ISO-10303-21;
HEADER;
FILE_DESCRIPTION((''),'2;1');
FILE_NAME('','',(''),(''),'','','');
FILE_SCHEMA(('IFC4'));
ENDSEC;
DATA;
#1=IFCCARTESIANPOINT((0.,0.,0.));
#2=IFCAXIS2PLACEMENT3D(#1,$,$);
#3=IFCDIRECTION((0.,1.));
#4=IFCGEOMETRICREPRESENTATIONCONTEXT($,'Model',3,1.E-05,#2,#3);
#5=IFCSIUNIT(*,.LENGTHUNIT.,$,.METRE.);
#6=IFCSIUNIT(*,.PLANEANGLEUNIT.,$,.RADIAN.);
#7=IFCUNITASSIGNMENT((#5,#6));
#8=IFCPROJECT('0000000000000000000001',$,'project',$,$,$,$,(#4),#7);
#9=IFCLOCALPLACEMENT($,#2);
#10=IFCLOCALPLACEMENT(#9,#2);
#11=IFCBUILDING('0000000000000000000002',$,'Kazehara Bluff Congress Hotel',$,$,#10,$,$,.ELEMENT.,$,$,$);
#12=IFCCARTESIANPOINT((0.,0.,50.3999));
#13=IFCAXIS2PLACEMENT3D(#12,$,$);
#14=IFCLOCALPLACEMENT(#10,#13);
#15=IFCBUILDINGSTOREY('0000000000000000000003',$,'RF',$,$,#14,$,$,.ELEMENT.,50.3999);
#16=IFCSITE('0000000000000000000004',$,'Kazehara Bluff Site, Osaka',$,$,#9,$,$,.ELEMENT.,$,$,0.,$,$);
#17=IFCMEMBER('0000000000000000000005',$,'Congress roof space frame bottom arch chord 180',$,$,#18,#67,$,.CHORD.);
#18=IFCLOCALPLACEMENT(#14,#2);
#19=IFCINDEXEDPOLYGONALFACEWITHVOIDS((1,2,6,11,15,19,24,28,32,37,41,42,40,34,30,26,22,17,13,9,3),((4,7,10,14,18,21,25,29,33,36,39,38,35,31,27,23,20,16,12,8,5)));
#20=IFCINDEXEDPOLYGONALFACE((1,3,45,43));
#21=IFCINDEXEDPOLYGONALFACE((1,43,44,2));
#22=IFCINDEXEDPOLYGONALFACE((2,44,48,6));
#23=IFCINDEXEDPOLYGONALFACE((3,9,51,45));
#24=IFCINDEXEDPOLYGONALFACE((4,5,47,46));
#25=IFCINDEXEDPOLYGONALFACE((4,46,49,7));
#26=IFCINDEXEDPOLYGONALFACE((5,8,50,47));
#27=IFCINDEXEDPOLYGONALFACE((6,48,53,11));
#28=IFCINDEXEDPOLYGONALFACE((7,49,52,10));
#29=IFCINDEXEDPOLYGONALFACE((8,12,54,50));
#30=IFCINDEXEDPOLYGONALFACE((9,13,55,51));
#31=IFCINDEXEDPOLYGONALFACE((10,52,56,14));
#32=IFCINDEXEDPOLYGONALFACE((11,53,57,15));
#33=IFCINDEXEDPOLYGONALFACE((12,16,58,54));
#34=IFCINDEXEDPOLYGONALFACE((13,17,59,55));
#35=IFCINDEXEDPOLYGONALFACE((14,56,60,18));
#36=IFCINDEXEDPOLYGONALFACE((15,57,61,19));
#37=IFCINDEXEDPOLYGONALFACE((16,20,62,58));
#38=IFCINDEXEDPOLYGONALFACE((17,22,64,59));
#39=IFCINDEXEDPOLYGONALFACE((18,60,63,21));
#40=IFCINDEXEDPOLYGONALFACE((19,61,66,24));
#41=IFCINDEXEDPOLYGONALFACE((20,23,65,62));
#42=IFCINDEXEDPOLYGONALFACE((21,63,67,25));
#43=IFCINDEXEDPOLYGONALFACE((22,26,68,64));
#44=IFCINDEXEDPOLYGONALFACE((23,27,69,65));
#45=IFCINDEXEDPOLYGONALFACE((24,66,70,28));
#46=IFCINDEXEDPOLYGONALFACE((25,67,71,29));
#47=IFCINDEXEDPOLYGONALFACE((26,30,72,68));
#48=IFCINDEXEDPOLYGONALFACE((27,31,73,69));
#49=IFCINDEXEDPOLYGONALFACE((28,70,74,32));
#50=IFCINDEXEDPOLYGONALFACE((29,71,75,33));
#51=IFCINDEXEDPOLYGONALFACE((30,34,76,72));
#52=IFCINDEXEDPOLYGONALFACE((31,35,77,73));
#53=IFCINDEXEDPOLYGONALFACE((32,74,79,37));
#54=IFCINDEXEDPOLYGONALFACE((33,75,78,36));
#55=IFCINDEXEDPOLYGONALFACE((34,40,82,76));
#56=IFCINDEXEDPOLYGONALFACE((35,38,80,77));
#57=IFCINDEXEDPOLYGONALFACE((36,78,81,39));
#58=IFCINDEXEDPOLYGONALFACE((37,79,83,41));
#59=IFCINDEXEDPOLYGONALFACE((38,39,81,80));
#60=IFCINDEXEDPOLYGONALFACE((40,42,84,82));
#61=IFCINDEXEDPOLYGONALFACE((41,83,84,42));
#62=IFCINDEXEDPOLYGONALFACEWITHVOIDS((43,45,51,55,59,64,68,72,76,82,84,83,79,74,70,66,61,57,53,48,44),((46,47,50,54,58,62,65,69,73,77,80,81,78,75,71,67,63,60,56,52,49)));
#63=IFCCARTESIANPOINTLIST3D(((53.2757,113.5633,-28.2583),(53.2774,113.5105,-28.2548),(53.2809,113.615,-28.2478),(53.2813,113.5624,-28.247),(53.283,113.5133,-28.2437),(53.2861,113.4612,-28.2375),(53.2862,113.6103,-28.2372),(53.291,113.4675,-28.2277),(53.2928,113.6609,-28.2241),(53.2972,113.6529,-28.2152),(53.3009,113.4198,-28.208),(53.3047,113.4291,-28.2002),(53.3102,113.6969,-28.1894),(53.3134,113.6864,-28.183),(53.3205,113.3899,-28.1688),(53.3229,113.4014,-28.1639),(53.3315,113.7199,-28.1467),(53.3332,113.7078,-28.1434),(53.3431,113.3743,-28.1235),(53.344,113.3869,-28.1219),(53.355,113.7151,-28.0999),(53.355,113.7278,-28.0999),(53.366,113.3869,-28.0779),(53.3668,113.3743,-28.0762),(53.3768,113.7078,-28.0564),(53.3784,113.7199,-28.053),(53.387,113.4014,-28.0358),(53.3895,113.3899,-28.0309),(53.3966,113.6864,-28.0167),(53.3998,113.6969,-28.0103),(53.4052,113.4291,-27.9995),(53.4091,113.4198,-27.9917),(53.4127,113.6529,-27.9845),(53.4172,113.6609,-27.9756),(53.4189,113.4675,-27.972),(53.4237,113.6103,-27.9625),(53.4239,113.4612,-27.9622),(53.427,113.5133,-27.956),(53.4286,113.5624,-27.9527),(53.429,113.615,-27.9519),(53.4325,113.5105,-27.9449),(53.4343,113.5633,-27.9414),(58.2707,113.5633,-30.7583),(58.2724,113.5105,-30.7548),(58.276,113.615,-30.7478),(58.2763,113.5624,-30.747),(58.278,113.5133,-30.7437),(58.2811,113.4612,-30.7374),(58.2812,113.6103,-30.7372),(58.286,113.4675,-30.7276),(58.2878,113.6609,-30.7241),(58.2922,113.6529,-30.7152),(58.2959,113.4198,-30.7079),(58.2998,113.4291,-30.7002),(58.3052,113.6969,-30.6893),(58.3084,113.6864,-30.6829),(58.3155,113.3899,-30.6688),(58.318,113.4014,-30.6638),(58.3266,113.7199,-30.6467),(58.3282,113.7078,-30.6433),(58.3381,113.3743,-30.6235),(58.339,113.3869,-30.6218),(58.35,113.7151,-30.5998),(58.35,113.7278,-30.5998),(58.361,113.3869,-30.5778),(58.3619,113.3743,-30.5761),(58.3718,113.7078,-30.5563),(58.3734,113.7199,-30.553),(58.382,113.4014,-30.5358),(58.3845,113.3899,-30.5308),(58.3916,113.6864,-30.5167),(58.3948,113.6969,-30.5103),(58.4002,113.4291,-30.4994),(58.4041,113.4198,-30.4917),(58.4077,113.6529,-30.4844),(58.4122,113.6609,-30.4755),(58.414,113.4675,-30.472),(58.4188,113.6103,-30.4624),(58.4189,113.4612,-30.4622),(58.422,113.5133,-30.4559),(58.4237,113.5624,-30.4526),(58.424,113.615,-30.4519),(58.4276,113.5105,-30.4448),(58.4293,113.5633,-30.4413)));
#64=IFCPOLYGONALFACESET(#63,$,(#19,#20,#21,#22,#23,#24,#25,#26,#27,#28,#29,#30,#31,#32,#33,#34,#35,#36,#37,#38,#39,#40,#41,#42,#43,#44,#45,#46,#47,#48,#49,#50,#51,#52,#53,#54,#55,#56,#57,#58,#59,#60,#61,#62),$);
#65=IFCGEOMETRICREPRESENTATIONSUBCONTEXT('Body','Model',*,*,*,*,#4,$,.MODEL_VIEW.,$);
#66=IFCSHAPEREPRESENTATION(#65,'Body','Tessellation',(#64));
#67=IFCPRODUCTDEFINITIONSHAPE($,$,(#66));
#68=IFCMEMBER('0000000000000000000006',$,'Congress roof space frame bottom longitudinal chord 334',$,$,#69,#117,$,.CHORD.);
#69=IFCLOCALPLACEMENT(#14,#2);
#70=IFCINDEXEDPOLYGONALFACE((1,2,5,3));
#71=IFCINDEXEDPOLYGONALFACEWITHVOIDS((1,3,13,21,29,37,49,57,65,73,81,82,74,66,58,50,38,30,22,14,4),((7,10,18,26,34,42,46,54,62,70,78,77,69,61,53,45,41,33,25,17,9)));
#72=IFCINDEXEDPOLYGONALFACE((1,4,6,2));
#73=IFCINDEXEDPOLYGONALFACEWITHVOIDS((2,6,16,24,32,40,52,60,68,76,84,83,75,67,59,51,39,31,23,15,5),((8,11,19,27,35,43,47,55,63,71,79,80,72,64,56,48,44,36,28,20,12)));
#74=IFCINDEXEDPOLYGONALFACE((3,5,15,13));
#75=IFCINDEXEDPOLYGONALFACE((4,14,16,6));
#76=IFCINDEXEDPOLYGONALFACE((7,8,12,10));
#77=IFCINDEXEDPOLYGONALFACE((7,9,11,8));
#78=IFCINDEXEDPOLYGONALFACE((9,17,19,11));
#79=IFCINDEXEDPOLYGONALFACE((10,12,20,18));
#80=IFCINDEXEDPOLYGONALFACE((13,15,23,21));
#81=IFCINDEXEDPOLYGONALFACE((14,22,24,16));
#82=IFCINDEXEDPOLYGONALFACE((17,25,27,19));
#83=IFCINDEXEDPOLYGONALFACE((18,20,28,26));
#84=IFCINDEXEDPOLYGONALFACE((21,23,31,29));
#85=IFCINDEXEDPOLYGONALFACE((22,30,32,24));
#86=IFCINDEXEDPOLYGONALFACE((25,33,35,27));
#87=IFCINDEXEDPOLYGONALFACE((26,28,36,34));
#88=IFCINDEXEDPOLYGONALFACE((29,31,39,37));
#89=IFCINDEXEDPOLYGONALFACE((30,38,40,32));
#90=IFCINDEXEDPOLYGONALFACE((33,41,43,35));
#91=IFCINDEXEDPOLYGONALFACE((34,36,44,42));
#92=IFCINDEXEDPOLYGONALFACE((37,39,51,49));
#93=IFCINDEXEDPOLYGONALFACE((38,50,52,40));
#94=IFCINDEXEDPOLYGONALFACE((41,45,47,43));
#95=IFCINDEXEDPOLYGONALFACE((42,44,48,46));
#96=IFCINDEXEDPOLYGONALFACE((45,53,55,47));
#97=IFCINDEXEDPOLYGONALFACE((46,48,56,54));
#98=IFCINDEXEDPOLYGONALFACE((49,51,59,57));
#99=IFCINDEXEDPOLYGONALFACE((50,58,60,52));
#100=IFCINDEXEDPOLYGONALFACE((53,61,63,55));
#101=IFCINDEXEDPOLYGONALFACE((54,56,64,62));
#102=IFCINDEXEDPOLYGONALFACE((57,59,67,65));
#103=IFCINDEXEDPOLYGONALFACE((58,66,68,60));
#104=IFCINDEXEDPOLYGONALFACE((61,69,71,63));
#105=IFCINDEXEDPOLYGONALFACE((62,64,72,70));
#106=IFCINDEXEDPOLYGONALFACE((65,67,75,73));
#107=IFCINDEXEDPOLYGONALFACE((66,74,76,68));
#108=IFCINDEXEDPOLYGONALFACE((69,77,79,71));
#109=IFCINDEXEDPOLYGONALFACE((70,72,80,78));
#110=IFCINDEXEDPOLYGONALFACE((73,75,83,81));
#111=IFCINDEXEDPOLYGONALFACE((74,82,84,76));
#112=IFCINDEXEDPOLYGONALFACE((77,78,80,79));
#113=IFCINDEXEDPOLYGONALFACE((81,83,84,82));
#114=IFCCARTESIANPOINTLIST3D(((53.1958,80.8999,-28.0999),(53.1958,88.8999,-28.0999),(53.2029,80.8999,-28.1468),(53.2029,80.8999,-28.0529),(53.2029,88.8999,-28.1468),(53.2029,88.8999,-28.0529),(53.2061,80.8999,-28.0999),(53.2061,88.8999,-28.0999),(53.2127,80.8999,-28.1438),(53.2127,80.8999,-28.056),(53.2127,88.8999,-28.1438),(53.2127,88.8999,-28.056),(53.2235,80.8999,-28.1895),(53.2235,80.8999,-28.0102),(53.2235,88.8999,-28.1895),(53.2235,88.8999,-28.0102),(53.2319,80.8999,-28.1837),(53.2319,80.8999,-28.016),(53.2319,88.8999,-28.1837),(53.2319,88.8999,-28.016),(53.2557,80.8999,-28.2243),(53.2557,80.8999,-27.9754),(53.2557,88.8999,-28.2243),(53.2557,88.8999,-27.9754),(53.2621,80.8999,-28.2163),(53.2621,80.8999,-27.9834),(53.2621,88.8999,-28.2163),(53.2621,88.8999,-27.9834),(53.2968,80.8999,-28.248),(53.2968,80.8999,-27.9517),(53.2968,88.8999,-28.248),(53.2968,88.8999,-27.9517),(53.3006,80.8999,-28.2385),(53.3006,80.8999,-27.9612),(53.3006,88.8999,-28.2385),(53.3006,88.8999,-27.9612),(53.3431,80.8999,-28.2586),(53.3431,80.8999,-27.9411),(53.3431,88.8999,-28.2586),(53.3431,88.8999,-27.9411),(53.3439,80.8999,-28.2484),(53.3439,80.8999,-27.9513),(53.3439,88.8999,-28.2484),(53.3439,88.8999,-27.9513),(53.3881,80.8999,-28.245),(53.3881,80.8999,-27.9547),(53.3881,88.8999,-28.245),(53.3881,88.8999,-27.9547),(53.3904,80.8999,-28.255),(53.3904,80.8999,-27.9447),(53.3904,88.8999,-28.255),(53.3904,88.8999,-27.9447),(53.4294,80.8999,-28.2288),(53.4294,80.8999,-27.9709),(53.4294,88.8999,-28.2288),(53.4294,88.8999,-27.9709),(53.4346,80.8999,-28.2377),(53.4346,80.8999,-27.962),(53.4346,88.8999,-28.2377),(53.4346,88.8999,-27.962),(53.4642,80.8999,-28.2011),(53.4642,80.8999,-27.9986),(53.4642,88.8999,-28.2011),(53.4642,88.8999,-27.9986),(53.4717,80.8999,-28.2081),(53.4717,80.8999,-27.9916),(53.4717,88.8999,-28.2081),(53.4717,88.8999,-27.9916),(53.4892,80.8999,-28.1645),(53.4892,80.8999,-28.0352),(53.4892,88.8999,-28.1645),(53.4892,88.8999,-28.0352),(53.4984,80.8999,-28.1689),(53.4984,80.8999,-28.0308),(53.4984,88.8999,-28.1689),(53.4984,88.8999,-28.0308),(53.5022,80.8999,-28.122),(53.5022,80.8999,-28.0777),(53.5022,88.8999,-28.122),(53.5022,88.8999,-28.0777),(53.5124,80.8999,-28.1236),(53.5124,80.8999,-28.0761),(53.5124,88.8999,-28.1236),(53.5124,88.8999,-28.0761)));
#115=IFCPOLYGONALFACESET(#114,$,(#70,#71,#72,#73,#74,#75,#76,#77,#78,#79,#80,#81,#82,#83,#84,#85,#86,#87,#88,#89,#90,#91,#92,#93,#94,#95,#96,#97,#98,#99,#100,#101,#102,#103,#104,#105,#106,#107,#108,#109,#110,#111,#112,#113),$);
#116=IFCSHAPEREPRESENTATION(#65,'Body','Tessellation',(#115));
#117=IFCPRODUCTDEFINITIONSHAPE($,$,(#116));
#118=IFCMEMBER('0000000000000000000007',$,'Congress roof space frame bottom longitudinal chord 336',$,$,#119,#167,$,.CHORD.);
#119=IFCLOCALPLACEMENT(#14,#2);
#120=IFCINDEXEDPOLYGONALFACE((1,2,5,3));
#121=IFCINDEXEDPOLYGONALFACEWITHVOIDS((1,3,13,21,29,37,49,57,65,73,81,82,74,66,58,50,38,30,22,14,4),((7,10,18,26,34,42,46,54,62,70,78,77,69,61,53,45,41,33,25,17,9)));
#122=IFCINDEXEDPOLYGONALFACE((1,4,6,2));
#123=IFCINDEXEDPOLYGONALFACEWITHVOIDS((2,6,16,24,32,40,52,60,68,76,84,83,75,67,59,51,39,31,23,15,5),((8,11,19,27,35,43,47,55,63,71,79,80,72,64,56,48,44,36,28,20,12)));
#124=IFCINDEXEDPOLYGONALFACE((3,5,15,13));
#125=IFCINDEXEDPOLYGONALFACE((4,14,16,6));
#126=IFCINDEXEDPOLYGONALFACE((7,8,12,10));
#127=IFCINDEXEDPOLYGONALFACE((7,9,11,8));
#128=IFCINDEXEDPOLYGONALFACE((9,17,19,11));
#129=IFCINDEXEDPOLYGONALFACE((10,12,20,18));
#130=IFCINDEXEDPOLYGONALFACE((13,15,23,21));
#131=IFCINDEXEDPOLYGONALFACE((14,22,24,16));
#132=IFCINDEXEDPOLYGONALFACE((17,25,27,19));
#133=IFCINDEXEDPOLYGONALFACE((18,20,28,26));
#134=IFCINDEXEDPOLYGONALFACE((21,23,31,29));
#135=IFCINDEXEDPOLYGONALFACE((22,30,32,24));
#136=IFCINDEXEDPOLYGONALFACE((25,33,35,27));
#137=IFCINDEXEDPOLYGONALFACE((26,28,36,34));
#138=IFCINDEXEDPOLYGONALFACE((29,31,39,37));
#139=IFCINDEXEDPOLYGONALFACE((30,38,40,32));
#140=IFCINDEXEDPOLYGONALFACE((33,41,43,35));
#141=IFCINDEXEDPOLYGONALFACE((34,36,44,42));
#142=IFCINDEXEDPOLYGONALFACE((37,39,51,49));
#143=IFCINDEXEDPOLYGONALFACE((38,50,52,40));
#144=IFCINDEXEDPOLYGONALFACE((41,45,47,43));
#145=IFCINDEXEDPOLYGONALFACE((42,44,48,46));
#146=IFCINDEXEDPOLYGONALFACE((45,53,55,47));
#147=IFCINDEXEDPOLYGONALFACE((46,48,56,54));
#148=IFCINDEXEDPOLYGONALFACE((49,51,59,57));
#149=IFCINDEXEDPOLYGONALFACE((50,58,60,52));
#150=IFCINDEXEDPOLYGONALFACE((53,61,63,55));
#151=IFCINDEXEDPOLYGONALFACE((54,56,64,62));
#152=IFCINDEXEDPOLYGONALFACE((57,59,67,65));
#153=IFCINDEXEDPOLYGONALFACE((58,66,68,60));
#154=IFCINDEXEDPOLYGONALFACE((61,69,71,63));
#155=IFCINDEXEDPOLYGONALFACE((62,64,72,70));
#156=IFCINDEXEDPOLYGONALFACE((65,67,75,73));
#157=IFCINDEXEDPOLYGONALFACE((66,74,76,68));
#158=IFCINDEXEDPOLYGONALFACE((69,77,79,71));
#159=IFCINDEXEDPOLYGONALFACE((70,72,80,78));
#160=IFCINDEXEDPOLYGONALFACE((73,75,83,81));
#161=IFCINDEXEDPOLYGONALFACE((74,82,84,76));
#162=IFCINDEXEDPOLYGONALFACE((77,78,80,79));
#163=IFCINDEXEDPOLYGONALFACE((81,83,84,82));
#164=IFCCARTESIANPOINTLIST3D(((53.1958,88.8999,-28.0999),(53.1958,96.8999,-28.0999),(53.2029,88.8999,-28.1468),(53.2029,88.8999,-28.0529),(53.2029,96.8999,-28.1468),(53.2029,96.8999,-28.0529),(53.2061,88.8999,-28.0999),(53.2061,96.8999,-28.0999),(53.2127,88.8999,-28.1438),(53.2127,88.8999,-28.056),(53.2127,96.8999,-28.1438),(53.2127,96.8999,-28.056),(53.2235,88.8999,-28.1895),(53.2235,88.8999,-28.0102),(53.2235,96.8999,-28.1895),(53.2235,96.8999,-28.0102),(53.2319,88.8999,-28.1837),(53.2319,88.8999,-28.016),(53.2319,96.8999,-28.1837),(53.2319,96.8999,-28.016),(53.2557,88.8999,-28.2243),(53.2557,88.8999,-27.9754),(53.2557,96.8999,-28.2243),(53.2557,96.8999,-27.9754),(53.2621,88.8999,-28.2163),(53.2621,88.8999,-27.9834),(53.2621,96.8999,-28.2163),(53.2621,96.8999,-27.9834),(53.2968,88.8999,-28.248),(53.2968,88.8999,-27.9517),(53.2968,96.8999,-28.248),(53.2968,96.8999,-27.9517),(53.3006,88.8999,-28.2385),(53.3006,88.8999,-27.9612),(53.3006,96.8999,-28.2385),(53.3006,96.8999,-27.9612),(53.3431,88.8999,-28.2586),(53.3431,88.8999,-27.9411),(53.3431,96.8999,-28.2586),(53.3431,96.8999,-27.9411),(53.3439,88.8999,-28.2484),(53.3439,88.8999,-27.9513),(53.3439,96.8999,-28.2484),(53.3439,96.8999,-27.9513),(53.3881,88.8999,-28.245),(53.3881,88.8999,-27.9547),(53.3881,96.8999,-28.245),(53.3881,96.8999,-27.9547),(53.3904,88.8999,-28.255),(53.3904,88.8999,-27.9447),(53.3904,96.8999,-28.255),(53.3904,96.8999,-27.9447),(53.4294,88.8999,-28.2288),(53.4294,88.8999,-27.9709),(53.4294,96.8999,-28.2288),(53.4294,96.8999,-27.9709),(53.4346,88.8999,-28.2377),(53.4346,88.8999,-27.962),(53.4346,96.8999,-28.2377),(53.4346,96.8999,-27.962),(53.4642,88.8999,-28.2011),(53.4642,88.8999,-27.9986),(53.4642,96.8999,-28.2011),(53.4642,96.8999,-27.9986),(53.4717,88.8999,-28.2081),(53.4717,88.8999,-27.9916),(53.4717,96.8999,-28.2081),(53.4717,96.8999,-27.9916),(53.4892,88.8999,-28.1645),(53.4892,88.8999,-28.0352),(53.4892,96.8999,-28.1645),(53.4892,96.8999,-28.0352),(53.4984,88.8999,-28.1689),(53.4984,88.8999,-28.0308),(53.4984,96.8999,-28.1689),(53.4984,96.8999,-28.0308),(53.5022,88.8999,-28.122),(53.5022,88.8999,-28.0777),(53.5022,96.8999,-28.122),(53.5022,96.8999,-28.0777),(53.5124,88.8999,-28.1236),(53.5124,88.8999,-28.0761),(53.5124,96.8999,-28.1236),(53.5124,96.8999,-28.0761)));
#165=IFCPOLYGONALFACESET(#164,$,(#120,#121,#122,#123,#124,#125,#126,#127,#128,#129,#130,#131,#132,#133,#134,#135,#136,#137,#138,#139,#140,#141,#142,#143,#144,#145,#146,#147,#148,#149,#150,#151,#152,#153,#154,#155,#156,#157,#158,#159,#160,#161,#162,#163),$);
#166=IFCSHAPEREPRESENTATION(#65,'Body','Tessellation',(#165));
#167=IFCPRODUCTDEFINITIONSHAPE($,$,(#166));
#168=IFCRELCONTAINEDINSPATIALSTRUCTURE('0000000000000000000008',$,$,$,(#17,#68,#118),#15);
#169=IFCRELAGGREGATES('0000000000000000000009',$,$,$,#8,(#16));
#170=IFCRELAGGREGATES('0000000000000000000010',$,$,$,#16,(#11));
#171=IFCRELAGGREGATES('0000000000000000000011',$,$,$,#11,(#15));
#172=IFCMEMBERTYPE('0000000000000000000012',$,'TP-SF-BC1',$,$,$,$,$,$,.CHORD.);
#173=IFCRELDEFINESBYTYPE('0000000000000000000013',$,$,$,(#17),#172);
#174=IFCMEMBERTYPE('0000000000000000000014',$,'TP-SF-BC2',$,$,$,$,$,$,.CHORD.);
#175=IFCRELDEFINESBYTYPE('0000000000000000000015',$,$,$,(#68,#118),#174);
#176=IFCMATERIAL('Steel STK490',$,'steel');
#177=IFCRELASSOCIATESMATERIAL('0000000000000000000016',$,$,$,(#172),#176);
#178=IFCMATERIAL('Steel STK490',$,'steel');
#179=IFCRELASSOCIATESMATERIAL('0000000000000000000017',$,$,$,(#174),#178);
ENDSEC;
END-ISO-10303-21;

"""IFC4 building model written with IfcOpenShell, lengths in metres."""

from ifc_helpers import new_model, si_unit, direction, frame, origin, origin_2d, place, context, subcontext, project, spatial, hollow_circle, extrude, material, material_profile, profile_set, type_object, element, save


model = new_model("IFC4")

# Units and contexts
model_context = context("Model", 3, precision=1e-05, world=origin(), true_north=direction((0.0, 1.0)))
body_context = subcontext(model_context, "Body", "Model", "MODEL_VIEW")
ifc_project = project(units=[si_unit("LENGTHUNIT", "METRE"), si_unit("PLANEANGLEUNIT", "RADIAN")], contexts=[model_context])

# Site, building, storey
site_placement = place(None, origin())
site = spatial("IfcSite", under=ifc_project, at=site_placement, Name="Kazehara Bluff Site, Osaka", CompositionType="ELEMENT", RefElevation=0.0)
building_placement = place(site_placement, origin())
building = spatial("IfcBuilding", under=site, at=building_placement, Name="Kazehara Bluff Congress Hotel", CompositionType="ELEMENT")
storey_placement = place(building_placement, frame((0.0, 0.0, 50.3999)))
storey = spatial("IfcBuildingStorey", under=building, at=storey_placement, Name="RF", CompositionType="ELEMENT", Elevation=50.3999)

# Members
ifc_material_1 = material(Name="Steel STK490", Category="steel")
ifc_material_profile_1 = material_profile(ifc_material_1, hollow_circle(Radius=0.1777, WallThickness=0.0127, at=origin_2d()))
ifc_profile_set_1 = profile_set([ifc_material_profile_1], Name="Steel STK490")
member_type_1 = type_object("IfcMemberType", Name="TP-SF-BC1", PredefinedType="CHORD", material=ifc_profile_set_1)
member_1_placement = place(storey_placement, frame((53.355, 113.55, -28.0999), z_axis=(0.894252, 0.0, -0.447563), x_axis=(0.0, 1.0, 0.0)))
element("IfcMember", 1, at=member_1_placement, inside=storey, type_object=member_type_1, Name="Congress roof space frame bottom arch chord 180", PredefinedType="CHORD", context=body_context, shape_type="SweptSolid", body=[
    extrude(hollow_circle(Radius=0.1777, WallThickness=0.0127, at=origin_2d()), origin(), (0.0, 0.0, 1.0), 5.5857),
])
ifc_material_2 = material(Name="Steel STK490", Category="steel")
ifc_material_profile_2 = material_profile(ifc_material_2, hollow_circle(Radius=0.1592, WallThickness=0.0103, at=origin_2d()))
ifc_profile_set_2 = profile_set([ifc_material_profile_2], Name="Steel STK490")
member_type_2 = type_object("IfcMemberType", Name="TP-SF-BC2", PredefinedType="CHORD", material=ifc_profile_set_2)
for number, where, z_axis, x_axis, name in (
    (2, (53.355, 80.8999, -28.0999), (0.0, 1.0, 0.0), (-1.0, 0.0, 0.0), "Congress roof space frame bottom longitudinal chord 334"),
    (3, (53.355, 88.8999, -28.0999), (0.0, 1.0, 0.0), (-1.0, 0.0, 0.0), "Congress roof space frame bottom longitudinal chord 336"),
):
    element("IfcMember", number, at=place(storey_placement, frame(where, z_axis=z_axis, x_axis=x_axis)), inside=storey, type_object=member_type_2, Name=name, PredefinedType="CHORD", context=body_context, shape_type="SweptSolid", body=[
        extrude(hollow_circle(Radius=0.1592, WallThickness=0.0103, at=origin_2d()), origin(), (0.0, 0.0, 1.0), 8.0),
    ])

save(model, "model.ifc")
